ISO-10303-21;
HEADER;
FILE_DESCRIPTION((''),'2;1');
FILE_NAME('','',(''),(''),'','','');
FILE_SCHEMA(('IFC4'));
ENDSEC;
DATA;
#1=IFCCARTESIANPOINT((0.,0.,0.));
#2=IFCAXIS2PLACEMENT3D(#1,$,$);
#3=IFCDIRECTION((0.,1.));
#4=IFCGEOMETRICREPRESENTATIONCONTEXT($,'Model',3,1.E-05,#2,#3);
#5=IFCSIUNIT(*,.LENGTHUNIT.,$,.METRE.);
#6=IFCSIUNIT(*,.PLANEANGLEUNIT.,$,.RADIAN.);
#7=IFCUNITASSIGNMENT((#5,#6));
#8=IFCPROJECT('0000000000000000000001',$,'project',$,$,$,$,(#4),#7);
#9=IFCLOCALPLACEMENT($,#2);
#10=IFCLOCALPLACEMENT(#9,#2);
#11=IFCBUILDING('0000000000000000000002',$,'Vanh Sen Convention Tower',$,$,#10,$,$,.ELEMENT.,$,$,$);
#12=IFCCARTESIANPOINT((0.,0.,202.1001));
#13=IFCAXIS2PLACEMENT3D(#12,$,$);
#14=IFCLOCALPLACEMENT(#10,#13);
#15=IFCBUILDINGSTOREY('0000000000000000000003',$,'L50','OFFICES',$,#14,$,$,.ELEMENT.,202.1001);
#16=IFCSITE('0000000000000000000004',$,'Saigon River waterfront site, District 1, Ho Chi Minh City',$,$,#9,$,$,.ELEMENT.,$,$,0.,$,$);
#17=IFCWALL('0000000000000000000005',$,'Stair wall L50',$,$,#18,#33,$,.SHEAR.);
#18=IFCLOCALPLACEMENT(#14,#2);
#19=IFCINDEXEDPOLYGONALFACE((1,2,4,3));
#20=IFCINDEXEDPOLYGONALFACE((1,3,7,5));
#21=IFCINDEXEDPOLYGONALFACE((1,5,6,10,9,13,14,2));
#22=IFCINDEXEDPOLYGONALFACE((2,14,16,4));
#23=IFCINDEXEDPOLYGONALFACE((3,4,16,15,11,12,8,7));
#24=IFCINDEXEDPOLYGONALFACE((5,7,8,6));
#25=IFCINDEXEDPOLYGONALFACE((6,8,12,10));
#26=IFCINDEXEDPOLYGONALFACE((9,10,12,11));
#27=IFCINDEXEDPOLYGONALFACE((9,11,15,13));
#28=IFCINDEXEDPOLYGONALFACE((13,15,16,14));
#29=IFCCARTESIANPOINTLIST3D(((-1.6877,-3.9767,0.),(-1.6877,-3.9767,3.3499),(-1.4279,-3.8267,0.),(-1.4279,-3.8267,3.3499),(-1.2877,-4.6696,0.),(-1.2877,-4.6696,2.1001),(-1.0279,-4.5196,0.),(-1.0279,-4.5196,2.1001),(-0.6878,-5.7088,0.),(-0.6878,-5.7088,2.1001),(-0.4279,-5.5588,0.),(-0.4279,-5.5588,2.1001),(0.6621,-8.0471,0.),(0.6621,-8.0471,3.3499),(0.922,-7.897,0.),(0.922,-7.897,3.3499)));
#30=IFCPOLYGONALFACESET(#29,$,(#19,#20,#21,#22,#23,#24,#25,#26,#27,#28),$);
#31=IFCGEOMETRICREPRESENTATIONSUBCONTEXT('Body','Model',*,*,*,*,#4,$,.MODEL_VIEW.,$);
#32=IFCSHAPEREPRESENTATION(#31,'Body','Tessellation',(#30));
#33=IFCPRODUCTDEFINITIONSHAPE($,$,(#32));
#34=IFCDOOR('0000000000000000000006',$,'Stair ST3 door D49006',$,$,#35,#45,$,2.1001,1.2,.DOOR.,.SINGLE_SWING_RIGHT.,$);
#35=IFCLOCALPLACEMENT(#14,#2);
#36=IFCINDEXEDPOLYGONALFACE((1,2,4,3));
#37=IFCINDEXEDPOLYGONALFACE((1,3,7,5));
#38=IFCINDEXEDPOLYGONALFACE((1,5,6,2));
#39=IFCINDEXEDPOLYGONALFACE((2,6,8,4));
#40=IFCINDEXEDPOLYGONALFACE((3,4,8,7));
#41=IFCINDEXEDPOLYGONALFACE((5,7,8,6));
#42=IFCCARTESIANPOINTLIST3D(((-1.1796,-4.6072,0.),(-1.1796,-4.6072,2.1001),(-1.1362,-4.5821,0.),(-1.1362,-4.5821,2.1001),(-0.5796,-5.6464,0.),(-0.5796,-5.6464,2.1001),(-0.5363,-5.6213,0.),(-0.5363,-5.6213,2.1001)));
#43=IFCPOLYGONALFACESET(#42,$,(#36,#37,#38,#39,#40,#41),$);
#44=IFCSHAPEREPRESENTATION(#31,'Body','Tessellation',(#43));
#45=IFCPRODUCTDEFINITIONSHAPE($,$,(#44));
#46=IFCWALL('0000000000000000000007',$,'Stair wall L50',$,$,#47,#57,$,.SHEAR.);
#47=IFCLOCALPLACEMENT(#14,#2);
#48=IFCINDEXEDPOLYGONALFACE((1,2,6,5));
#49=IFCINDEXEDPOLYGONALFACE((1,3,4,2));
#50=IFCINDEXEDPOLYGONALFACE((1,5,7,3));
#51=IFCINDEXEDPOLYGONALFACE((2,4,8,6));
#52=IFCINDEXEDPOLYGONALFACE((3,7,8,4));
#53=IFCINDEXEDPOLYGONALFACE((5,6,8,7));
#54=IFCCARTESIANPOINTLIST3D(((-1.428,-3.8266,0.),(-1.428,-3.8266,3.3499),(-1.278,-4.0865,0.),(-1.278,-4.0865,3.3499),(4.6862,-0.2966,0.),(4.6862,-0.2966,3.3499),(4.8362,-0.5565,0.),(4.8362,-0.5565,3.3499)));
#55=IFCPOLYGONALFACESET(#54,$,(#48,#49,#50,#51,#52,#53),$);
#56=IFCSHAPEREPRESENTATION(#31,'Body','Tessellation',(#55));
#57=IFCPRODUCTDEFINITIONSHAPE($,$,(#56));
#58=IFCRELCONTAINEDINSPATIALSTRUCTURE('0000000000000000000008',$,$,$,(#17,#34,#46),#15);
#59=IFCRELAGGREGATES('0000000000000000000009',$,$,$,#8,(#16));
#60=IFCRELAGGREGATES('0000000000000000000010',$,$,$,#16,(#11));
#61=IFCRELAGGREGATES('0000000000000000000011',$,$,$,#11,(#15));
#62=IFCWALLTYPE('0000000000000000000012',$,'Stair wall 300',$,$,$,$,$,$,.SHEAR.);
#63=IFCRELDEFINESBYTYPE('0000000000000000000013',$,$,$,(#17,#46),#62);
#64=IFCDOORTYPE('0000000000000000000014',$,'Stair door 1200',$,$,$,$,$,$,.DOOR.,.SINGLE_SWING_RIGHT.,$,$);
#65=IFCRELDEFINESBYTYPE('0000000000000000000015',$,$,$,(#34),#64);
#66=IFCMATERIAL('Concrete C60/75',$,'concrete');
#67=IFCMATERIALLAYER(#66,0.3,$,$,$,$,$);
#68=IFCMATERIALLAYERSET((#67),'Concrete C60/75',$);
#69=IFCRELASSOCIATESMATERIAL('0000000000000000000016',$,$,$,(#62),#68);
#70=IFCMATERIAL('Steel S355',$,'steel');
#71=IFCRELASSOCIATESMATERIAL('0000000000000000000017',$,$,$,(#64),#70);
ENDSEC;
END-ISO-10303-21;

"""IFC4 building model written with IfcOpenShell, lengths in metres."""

from ifc_helpers import new_model, si_unit, direction, frame, frame_2d, origin, place, context, subcontext, project, spatial, rectangle, extrude, material, layer, layer_set, type_object, element, fill, save


model = new_model("IFC4")

# Units and contexts
model_context = context("Model", 3, precision=1e-05, world=origin(), true_north=direction((0.0, 1.0)))
body_context = subcontext(model_context, "Body", "Model", "MODEL_VIEW")
ifc_project = project(units=[si_unit("LENGTHUNIT", "METRE"), si_unit("PLANEANGLEUNIT", "RADIAN")], contexts=[model_context])

# Site, building, storey
site_placement = place(None, origin())
site = spatial("IfcSite", under=ifc_project, at=site_placement, Name="Saigon River waterfront site, District 1, Ho Chi Minh City", CompositionType="ELEMENT", RefElevation=0.0)
building_placement = place(site_placement, origin())
building = spatial("IfcBuilding", under=site, at=building_placement, Name="Vanh Sen Convention Tower", CompositionType="ELEMENT")
storey_placement = place(building_placement, frame((0.0, 0.0, 202.1001)))
storey = spatial("IfcBuildingStorey", under=building, at=storey_placement, Name="L50", Description="OFFICES", CompositionType="ELEMENT", Elevation=202.1001)

# Shared definitions
ifc_material_1 = material(Name="Steel S355", Category="steel")

# Shared definitions
ifc_material_2 = material(Name="Concrete C60/75", Category="concrete")
ifc_layer_1 = layer(ifc_material_2, 0.3)
ifc_layer_set_1 = layer_set([ifc_layer_1], Name="Concrete C60/75")
wall_type_1 = type_object("IfcWallType", Name="Stair wall 300", PredefinedType="SHEAR", material=ifc_layer_set_1)

# Wall, opening, door
wall_1_placement = place(storey_placement, frame((-1.5579, -3.9016, 0.0), z_axis=(0.0, 0.0, 1.0), x_axis=(0.499977, -0.866039, 0.0)))
wall_1 = element("IfcWall", 1, at=wall_1_placement, inside=storey, type_object=wall_type_1, Name="Stair wall L50", PredefinedType="SHEAR", context=body_context, shape_type="SweptSolid", body=[
    extrude(rectangle(XDim=4.7, YDim=0.3, at=frame_2d((2.3501, 0.0))), origin(), (0.0, 0.0, 1.0), 3.3499),
])
opening_1_placement = place(wall_1_placement, frame((0.8, 0.0, 0.0)))
opening_1 = element("IfcOpeningElement", 2, at=opening_1_placement, cuts=wall_1, PredefinedType="OPENING", context=body_context, shape_type="SweptSolid", body=[
    extrude(rectangle(XDim=1.2, YDim=2.1001, at=frame_2d((0.6001, 1.05))), frame((0.0, 0.1599, 0.0), z_axis=(0.0, -1.0, 0.0), x_axis=(1.0, 0.0, 0.0)), (0.0, 0.0, 1.0), 0.3201),
])
door_type_1 = type_object("IfcDoorType", Name="Stair door 1200", OperationType="SINGLE_SWING_RIGHT", PredefinedType="DOOR", material=ifc_material_1)
door_1_placement = place(opening_1_placement, origin())
door_1 = element("IfcDoor", 3, at=door_1_placement, inside=storey, type_object=door_type_1, Name="Stair ST3 door D49006", OperationType="SINGLE_SWING_RIGHT", OverallHeight=2.1001, OverallWidth=1.2, PredefinedType="DOOR", context=body_context, shape_type="SweptSolid", body=[
    extrude(rectangle(XDim=1.2, YDim=2.1001, at=frame_2d((0.6001, 1.05))), frame((0.0, 0.0249, 0.0), z_axis=(0.0, -1.0, 0.0), x_axis=(1.0, 0.0, 0.0)), (0.0, 0.0, 1.0), 0.05),
])
fill(opening_1, door_1)

# Wall
wall_2_placement = place(storey_placement, frame((-1.353, -3.9565, 0.0), z_axis=(0.0, 0.0, 1.0), x_axis=(0.866028, 0.499996, 0.0)))
element("IfcWall", 4, at=wall_2_placement, inside=storey, type_object=wall_type_1, Name="Stair wall L50", PredefinedType="SHEAR", context=body_context, shape_type="SweptSolid", body=[
    extrude(rectangle(XDim=7.0601, YDim=0.3, at=frame_2d((3.53, 0.0))), origin(), (0.0, 0.0, 1.0), 3.3499),
])

save(model, "model.ifc")
